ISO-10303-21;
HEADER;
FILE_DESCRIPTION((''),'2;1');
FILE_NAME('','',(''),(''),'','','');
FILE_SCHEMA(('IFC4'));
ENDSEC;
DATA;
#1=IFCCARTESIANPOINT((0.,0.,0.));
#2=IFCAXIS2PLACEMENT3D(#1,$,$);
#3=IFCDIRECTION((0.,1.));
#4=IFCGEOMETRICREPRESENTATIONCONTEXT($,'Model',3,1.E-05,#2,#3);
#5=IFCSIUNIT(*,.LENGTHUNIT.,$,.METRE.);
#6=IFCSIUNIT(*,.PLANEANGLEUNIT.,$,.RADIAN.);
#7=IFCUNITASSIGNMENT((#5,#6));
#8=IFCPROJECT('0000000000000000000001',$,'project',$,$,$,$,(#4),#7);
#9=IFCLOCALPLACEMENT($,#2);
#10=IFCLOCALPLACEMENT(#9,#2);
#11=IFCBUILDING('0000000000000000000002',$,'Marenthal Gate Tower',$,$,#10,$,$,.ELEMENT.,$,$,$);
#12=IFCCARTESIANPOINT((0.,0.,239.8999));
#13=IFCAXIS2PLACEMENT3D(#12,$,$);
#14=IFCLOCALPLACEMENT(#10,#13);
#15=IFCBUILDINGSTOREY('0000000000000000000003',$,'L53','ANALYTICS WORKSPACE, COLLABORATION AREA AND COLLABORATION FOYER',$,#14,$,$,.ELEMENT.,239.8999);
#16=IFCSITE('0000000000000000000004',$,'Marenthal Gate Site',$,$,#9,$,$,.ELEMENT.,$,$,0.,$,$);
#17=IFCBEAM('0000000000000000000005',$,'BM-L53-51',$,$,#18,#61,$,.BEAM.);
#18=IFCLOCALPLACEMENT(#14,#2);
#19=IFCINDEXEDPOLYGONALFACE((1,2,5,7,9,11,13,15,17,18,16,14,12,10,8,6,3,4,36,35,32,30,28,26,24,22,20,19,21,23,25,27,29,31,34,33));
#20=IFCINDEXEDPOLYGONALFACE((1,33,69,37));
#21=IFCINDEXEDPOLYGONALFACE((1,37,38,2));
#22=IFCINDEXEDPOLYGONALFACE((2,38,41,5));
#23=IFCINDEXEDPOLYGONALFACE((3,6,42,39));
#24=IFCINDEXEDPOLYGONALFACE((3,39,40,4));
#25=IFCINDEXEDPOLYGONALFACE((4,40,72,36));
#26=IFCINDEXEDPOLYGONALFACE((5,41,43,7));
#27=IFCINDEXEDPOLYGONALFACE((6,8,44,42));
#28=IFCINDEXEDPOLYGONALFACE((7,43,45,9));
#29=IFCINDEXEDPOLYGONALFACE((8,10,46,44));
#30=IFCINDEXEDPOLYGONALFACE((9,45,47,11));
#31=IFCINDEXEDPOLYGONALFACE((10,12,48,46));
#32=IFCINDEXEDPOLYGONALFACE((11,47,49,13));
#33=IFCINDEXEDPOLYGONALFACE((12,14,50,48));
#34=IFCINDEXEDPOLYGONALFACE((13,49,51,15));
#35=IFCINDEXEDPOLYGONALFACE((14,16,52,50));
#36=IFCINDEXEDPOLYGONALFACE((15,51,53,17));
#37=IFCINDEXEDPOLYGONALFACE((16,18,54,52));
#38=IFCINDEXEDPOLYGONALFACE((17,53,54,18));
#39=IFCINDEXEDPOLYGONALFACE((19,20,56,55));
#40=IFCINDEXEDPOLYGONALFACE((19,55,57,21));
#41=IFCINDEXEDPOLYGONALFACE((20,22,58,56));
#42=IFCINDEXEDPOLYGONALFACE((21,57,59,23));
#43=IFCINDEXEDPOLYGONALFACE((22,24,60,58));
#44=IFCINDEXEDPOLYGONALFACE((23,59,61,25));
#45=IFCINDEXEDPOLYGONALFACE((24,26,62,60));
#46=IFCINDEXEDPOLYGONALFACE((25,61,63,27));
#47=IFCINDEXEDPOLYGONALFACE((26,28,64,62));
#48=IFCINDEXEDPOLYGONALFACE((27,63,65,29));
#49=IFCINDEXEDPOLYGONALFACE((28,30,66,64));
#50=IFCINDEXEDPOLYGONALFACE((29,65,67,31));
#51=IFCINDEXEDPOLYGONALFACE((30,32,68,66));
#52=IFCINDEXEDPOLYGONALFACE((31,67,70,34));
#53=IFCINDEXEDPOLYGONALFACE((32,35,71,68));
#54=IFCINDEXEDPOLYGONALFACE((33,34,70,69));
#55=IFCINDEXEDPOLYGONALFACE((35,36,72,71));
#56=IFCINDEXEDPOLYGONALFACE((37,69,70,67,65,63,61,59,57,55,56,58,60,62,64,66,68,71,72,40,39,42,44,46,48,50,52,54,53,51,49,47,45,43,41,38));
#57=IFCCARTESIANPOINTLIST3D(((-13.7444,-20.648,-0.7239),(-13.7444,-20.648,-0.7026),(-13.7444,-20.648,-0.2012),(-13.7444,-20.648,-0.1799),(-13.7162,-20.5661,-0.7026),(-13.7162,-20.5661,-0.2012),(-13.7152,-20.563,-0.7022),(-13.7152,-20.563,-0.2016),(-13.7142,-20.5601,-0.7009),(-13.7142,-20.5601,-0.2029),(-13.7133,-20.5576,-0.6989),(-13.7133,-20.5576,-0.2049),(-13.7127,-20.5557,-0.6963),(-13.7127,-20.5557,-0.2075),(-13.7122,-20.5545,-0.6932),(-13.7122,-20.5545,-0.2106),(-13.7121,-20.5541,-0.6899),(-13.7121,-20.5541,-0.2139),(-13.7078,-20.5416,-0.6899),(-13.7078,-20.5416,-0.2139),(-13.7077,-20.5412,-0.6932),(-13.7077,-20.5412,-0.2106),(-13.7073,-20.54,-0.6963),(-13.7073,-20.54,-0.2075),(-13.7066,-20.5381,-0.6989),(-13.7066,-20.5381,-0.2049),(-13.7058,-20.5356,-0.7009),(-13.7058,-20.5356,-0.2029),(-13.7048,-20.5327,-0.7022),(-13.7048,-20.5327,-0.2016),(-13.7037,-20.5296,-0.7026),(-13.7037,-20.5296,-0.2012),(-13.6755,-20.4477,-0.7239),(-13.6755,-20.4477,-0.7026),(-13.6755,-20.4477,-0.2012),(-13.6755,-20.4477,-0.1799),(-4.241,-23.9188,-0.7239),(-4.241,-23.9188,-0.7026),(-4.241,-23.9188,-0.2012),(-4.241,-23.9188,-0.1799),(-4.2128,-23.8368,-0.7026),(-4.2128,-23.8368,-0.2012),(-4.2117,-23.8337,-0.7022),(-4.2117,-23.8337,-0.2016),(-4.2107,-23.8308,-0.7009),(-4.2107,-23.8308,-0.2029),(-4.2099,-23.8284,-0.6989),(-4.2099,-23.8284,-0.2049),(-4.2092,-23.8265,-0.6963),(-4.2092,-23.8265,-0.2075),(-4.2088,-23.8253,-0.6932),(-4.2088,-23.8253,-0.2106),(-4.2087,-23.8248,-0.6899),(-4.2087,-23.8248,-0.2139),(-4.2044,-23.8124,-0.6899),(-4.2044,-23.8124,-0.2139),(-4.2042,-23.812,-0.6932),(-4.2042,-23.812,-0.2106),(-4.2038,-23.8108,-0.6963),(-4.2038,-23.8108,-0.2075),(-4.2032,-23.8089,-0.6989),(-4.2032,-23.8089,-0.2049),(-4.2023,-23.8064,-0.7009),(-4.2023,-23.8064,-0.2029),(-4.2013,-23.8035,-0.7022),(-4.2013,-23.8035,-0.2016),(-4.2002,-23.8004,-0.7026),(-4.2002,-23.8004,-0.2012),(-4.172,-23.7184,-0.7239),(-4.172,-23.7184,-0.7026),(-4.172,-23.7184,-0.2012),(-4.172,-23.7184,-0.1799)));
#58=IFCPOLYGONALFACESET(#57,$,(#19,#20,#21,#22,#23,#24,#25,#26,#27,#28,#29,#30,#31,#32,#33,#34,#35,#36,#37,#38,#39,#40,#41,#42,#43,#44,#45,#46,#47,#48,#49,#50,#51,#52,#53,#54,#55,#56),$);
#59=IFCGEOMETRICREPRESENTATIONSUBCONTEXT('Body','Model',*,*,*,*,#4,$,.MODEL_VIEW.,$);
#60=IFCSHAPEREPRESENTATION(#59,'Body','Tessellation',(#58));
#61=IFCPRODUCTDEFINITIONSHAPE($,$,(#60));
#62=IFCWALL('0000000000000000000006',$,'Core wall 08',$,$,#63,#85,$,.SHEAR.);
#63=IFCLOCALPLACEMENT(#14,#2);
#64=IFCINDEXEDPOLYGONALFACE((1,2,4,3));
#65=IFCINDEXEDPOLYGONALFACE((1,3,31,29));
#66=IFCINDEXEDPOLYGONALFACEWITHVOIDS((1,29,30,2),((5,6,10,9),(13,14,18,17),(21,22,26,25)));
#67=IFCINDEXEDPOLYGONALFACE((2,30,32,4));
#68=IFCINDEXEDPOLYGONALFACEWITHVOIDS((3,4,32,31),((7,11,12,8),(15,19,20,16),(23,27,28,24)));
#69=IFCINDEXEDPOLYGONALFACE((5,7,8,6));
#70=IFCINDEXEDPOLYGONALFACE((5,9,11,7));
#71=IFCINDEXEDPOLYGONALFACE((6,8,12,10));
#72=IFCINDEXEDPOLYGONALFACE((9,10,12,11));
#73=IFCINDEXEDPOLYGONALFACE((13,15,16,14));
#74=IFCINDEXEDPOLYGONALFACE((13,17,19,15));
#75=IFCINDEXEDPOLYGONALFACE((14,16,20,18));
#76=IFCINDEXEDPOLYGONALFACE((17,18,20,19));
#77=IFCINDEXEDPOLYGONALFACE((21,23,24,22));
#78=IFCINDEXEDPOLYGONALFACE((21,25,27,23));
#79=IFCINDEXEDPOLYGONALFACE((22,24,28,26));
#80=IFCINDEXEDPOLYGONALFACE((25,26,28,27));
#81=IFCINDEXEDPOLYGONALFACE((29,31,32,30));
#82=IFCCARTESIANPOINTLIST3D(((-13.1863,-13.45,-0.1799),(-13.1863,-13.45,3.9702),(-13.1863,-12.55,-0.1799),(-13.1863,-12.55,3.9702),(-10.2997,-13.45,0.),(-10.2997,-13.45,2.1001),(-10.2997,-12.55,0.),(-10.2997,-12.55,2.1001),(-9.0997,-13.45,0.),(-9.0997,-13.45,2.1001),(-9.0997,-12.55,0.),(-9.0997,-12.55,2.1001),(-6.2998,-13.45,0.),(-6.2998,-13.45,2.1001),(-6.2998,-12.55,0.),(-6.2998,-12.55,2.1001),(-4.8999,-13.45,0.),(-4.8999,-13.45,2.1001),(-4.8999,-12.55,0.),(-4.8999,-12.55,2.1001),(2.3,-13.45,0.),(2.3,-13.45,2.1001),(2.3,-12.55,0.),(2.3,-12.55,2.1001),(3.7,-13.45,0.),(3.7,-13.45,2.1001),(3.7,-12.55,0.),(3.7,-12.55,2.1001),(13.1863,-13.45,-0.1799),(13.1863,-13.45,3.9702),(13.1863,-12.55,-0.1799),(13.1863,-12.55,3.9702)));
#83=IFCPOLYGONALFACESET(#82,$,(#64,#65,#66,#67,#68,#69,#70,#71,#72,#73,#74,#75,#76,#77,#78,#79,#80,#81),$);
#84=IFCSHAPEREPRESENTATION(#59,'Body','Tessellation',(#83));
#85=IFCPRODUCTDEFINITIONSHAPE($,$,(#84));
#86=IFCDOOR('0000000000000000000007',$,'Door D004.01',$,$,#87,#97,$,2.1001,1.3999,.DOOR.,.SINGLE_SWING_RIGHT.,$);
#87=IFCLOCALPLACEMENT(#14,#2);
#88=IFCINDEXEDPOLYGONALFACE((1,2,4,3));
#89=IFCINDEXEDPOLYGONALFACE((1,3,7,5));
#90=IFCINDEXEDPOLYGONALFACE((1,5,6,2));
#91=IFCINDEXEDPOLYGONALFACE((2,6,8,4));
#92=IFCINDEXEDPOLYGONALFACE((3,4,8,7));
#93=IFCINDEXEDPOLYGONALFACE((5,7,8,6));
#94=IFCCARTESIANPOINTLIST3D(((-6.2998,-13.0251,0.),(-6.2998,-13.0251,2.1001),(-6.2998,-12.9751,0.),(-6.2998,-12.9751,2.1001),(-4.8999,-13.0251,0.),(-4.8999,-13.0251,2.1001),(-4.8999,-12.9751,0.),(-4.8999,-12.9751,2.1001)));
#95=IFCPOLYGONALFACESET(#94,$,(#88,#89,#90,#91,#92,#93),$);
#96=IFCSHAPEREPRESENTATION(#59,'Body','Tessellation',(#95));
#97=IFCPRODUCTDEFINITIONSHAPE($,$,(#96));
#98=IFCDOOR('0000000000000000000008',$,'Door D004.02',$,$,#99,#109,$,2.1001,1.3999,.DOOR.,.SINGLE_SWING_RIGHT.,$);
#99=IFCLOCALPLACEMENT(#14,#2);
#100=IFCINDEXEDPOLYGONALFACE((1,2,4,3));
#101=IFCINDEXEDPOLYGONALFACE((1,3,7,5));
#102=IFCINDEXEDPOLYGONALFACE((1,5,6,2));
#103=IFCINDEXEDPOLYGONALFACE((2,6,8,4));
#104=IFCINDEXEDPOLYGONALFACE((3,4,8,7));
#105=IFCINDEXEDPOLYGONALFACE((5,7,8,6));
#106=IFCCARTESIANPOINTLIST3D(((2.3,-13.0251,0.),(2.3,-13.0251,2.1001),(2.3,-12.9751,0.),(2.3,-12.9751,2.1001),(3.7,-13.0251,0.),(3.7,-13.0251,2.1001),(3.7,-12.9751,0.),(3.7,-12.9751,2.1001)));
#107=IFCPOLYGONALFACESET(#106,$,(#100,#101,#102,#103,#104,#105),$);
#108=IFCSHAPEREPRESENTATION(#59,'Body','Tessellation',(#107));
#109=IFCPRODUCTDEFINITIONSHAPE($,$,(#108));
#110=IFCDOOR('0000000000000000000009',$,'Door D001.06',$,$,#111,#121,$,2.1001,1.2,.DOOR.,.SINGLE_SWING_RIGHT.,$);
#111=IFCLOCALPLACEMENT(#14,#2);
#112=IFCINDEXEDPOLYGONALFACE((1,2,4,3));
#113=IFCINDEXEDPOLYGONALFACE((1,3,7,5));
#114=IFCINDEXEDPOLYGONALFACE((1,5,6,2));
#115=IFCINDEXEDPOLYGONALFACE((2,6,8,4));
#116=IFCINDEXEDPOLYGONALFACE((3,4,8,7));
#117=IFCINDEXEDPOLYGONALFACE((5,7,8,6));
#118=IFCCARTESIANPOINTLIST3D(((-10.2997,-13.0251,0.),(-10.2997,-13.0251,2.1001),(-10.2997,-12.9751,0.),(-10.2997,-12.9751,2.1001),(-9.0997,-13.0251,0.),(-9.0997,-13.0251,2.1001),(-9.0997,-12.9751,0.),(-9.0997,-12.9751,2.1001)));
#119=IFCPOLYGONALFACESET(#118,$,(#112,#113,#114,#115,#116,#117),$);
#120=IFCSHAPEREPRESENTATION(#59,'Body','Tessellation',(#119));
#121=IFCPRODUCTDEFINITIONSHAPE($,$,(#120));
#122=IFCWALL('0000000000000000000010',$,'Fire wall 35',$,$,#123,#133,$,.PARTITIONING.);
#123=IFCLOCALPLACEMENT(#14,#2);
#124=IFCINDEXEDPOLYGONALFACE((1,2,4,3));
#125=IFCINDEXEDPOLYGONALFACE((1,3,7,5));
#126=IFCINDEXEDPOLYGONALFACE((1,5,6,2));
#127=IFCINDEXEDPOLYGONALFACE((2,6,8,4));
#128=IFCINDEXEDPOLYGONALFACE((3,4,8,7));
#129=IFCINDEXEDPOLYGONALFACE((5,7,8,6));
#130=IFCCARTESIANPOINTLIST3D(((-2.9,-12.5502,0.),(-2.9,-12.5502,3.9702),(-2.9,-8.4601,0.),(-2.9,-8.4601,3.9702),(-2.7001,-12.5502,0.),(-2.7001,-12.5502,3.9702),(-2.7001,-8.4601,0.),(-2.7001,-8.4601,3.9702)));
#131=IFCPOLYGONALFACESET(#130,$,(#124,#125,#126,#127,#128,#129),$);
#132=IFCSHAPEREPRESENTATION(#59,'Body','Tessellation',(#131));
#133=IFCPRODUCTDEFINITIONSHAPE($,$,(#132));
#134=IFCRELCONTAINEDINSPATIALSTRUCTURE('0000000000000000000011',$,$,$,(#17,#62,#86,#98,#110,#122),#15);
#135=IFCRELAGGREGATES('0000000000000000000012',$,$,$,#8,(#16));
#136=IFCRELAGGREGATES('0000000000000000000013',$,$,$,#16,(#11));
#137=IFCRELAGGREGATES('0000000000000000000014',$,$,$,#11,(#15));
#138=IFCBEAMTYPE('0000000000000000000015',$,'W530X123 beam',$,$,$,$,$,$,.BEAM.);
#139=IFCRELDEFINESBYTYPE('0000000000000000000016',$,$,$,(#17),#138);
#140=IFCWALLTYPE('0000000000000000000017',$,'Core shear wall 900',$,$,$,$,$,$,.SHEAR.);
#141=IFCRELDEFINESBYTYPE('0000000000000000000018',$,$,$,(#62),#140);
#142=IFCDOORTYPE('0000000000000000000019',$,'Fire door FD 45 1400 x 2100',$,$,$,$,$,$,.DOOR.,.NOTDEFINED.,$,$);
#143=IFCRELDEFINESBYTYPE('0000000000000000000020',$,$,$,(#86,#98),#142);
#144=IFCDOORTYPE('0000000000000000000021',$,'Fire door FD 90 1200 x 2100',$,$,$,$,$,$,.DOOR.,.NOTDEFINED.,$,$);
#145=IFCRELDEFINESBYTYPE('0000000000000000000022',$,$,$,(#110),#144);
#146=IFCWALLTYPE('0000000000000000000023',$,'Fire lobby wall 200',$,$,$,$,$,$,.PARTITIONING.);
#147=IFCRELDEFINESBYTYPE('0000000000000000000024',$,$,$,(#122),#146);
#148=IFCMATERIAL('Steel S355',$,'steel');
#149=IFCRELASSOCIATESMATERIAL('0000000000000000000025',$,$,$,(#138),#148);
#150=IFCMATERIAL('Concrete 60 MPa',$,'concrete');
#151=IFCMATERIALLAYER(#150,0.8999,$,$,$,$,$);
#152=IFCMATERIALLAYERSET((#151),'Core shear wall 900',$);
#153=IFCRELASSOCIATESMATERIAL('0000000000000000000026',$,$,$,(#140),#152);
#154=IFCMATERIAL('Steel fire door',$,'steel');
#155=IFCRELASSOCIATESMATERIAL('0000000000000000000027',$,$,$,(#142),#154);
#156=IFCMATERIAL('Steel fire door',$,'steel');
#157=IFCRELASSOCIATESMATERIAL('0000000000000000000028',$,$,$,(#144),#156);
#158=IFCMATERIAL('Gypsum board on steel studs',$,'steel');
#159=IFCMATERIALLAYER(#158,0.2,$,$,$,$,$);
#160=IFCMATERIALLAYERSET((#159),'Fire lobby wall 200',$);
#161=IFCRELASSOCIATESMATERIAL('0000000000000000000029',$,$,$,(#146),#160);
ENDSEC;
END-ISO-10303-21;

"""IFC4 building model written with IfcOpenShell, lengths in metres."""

from ifc_helpers import new_model, si_unit, direction, frame, frame_2d, origin, origin_2d, place, context, subcontext, project, spatial, rectangle, i_section, extrude, material, layer, layer_set, material_profile, profile_set, type_object, element, fill, save


model = new_model("IFC4")

# Units and contexts
model_context = context("Model", 3, precision=1e-05, world=origin(), true_north=direction((0.0, 1.0)))
body_context = subcontext(model_context, "Body", "Model", "MODEL_VIEW")
ifc_project = project(units=[si_unit("LENGTHUNIT", "METRE"), si_unit("PLANEANGLEUNIT", "RADIAN")], contexts=[model_context])

# Site, building, storey
site_placement = place(None, origin())
site = spatial("IfcSite", under=ifc_project, at=site_placement, Name="Marenthal Gate Site", CompositionType="ELEMENT", RefElevation=0.0)
building_placement = place(site_placement, origin())
building = spatial("IfcBuilding", under=site, at=building_placement, Name="Marenthal Gate Tower", CompositionType="ELEMENT")
storey_placement = place(building_placement, frame((0.0, 0.0, 239.8999)))
storey = spatial("IfcBuildingStorey", under=building, at=storey_placement, Name="L53", Description="ANALYTICS WORKSPACE, COLLABORATION AREA AND COLLABORATION FOYER", CompositionType="ELEMENT", Elevation=239.8999)

# Beam
ifc_material_1 = material(Name="Steel S355", Category="steel")
ifc_material_profile = material_profile(ifc_material_1, i_section(OverallWidth=0.2119, OverallDepth=0.5439, WebThickness=0.0132, FlangeThickness=0.0212, FilletRadius=0.0127, at=origin_2d()), Name="W530X123")
ifc_profile_set = profile_set([ifc_material_profile], Name="Steel S355")
beam_type = type_object("IfcBeamType", Name="W530X123 beam", PredefinedType="BEAM", material=ifc_profile_set)
beam_placement = place(storey_placement, frame((-13.71, -20.5479, -0.4519), z_axis=(0.945566, -0.325431, 0.0), x_axis=(0.325431, 0.945566, 0.0)))
element("IfcBeam", 1, at=beam_placement, inside=storey, type_object=beam_type, Name="BM-L53-51", PredefinedType="BEAM", context=body_context, shape_type="SweptSolid", body=[
    extrude(i_section(OverallWidth=0.2119, OverallDepth=0.5439, WebThickness=0.0132, FlangeThickness=0.0212, FilletRadius=0.0127, at=origin_2d()), origin(), (0.0, 0.0, 1.0), 10.0505),
])

# Wall, openings, doors
ifc_material_2 = material(Name="Concrete 60 MPa", Category="concrete")
ifc_layer_1 = layer(ifc_material_2, 0.8999)
ifc_layer_set_1 = layer_set([ifc_layer_1], Name="Core shear wall 900")
wall_type_1 = type_object("IfcWallType", Name="Core shear wall 900", PredefinedType="SHEAR", material=ifc_layer_set_1)
wall_1_placement = place(storey_placement, frame((-13.1863, -13.0, -0.1799), z_axis=(0.0, 0.0, 1.0), x_axis=(1.0, 0.0, 0.0)))
wall_1 = element("IfcWall", 2, at=wall_1_placement, inside=storey, type_object=wall_type_1, Name="Core wall 08", PredefinedType="SHEAR", context=body_context, shape_type="SweptSolid", body=[
    extrude(rectangle(XDim=26.3726, YDim=0.8999, at=frame_2d((13.1863, 0.0))), origin(), (0.0, 0.0, 1.0), 4.1501),
])
opening_1_placement = place(wall_1_placement, frame((2.8865, 0.0, 0.1799)))
opening_1 = element("IfcOpeningElement", 3, at=opening_1_placement, cuts=wall_1, PredefinedType="OPENING", context=body_context, shape_type="SweptSolid", body=[
    extrude(rectangle(XDim=1.2, YDim=2.1001, at=frame_2d((0.6001, 1.05))), frame((0.0, 0.46, 0.0), z_axis=(0.0, -1.0, 0.0), x_axis=(1.0, 0.0, 0.0)), (0.0, 0.0, 1.0), 0.9199),
])
opening_2_placement = place(wall_1_placement, frame((6.8865, 0.0, 0.1799)))
opening_2 = element("IfcOpeningElement", 4, at=opening_2_placement, cuts=wall_1, PredefinedType="OPENING", context=body_context, shape_type="SweptSolid", body=[
    extrude(rectangle(XDim=1.3999, YDim=2.1001, at=frame_2d((0.7, 1.05))), frame((0.0, 0.46, 0.0), z_axis=(0.0, -1.0, 0.0), x_axis=(1.0, 0.0, 0.0)), (0.0, 0.0, 1.0), 0.9199),
])
opening_3_placement = place(wall_1_placement, frame((15.4863, 0.0, 0.1799)))
opening_3 = element("IfcOpeningElement", 5, at=opening_3_placement, cuts=wall_1, PredefinedType="OPENING", context=body_context, shape_type="SweptSolid", body=[
    extrude(rectangle(XDim=1.3999, YDim=2.1001, at=frame_2d((0.7, 1.05))), frame((0.0, 0.46, 0.0), z_axis=(0.0, -1.0, 0.0), x_axis=(1.0, 0.0, 0.0)), (0.0, 0.0, 1.0), 0.9199),
])
ifc_material_3 = material(Name="Steel fire door", Category="steel")
door_type_1 = type_object("IfcDoorType", Name="Fire door FD 45 1400 x 2100", OperationType="NOTDEFINED", PredefinedType="DOOR", material=ifc_material_3)
door_1_placement = place(opening_2_placement, origin())
door_1 = element("IfcDoor", 6, at=door_1_placement, inside=storey, type_object=door_type_1, Name="Door D004.01", OperationType="SINGLE_SWING_RIGHT", OverallHeight=2.1001, OverallWidth=1.3999, PredefinedType="DOOR", context=body_context, shape_type="SweptSolid", body=[
    extrude(rectangle(XDim=1.3999, YDim=2.1001, at=frame_2d((0.7, 1.05))), frame((0.0, 0.0249, 0.0), z_axis=(0.0, -1.0, 0.0), x_axis=(1.0, 0.0, 0.0)), (0.0, 0.0, 1.0), 0.05),
])
fill(opening_2, door_1)
door_2_placement = place(opening_3_placement, origin())
door_2 = element("IfcDoor", 7, at=door_2_placement, inside=storey, type_object=door_type_1, Name="Door D004.02", OperationType="SINGLE_SWING_RIGHT", OverallHeight=2.1001, OverallWidth=1.3999, PredefinedType="DOOR", context=body_context, shape_type="SweptSolid", body=[
    extrude(rectangle(XDim=1.3999, YDim=2.1001, at=frame_2d((0.7, 1.05))), frame((0.0, 0.0249, 0.0), z_axis=(0.0, -1.0, 0.0), x_axis=(1.0, 0.0, 0.0)), (0.0, 0.0, 1.0), 0.05),
])
fill(opening_3, door_2)
ifc_material_4 = material(Name="Steel fire door", Category="steel")
door_type_2 = type_object("IfcDoorType", Name="Fire door FD 90 1200 x 2100", OperationType="NOTDEFINED", PredefinedType="DOOR", material=ifc_material_4)
door_3_placement = place(opening_1_placement, origin())
door_3 = element("IfcDoor", 8, at=door_3_placement, inside=storey, type_object=door_type_2, Name="Door D001.06", OperationType="SINGLE_SWING_RIGHT", OverallHeight=2.1001, OverallWidth=1.2, PredefinedType="DOOR", context=body_context, shape_type="SweptSolid", body=[
    extrude(rectangle(XDim=1.2, YDim=2.1001, at=frame_2d((0.6001, 1.05))), frame((0.0, 0.0249, 0.0), z_axis=(0.0, -1.0, 0.0), x_axis=(1.0, 0.0, 0.0)), (0.0, 0.0, 1.0), 0.05),
])
fill(opening_1, door_3)

# Wall
ifc_material_5 = material(Name="Gypsum board on steel studs", Category="steel")
ifc_layer_2 = layer(ifc_material_5, 0.2)
ifc_layer_set_2 = layer_set([ifc_layer_2], Name="Fire lobby wall 200")
wall_type_2 = type_object("IfcWallType", Name="Fire lobby wall 200", PredefinedType="PARTITIONING", material=ifc_layer_set_2)
wall_2_placement = place(storey_placement, frame((-2.8, -12.55, 0.0), z_axis=(0.0, 0.0, 1.0), x_axis=(0.0, 1.0, 0.0)))
element("IfcWall", 9, at=wall_2_placement, inside=storey, type_object=wall_type_2, Name="Fire wall 35", PredefinedType="PARTITIONING", context=body_context, shape_type="SweptSolid", body=[
    extrude(rectangle(XDim=4.0901, YDim=0.2, at=frame_2d((2.0449, 0.0))), origin(), (0.0, 0.0, 1.0), 3.9702),
])

save(model, "model.ifc")
